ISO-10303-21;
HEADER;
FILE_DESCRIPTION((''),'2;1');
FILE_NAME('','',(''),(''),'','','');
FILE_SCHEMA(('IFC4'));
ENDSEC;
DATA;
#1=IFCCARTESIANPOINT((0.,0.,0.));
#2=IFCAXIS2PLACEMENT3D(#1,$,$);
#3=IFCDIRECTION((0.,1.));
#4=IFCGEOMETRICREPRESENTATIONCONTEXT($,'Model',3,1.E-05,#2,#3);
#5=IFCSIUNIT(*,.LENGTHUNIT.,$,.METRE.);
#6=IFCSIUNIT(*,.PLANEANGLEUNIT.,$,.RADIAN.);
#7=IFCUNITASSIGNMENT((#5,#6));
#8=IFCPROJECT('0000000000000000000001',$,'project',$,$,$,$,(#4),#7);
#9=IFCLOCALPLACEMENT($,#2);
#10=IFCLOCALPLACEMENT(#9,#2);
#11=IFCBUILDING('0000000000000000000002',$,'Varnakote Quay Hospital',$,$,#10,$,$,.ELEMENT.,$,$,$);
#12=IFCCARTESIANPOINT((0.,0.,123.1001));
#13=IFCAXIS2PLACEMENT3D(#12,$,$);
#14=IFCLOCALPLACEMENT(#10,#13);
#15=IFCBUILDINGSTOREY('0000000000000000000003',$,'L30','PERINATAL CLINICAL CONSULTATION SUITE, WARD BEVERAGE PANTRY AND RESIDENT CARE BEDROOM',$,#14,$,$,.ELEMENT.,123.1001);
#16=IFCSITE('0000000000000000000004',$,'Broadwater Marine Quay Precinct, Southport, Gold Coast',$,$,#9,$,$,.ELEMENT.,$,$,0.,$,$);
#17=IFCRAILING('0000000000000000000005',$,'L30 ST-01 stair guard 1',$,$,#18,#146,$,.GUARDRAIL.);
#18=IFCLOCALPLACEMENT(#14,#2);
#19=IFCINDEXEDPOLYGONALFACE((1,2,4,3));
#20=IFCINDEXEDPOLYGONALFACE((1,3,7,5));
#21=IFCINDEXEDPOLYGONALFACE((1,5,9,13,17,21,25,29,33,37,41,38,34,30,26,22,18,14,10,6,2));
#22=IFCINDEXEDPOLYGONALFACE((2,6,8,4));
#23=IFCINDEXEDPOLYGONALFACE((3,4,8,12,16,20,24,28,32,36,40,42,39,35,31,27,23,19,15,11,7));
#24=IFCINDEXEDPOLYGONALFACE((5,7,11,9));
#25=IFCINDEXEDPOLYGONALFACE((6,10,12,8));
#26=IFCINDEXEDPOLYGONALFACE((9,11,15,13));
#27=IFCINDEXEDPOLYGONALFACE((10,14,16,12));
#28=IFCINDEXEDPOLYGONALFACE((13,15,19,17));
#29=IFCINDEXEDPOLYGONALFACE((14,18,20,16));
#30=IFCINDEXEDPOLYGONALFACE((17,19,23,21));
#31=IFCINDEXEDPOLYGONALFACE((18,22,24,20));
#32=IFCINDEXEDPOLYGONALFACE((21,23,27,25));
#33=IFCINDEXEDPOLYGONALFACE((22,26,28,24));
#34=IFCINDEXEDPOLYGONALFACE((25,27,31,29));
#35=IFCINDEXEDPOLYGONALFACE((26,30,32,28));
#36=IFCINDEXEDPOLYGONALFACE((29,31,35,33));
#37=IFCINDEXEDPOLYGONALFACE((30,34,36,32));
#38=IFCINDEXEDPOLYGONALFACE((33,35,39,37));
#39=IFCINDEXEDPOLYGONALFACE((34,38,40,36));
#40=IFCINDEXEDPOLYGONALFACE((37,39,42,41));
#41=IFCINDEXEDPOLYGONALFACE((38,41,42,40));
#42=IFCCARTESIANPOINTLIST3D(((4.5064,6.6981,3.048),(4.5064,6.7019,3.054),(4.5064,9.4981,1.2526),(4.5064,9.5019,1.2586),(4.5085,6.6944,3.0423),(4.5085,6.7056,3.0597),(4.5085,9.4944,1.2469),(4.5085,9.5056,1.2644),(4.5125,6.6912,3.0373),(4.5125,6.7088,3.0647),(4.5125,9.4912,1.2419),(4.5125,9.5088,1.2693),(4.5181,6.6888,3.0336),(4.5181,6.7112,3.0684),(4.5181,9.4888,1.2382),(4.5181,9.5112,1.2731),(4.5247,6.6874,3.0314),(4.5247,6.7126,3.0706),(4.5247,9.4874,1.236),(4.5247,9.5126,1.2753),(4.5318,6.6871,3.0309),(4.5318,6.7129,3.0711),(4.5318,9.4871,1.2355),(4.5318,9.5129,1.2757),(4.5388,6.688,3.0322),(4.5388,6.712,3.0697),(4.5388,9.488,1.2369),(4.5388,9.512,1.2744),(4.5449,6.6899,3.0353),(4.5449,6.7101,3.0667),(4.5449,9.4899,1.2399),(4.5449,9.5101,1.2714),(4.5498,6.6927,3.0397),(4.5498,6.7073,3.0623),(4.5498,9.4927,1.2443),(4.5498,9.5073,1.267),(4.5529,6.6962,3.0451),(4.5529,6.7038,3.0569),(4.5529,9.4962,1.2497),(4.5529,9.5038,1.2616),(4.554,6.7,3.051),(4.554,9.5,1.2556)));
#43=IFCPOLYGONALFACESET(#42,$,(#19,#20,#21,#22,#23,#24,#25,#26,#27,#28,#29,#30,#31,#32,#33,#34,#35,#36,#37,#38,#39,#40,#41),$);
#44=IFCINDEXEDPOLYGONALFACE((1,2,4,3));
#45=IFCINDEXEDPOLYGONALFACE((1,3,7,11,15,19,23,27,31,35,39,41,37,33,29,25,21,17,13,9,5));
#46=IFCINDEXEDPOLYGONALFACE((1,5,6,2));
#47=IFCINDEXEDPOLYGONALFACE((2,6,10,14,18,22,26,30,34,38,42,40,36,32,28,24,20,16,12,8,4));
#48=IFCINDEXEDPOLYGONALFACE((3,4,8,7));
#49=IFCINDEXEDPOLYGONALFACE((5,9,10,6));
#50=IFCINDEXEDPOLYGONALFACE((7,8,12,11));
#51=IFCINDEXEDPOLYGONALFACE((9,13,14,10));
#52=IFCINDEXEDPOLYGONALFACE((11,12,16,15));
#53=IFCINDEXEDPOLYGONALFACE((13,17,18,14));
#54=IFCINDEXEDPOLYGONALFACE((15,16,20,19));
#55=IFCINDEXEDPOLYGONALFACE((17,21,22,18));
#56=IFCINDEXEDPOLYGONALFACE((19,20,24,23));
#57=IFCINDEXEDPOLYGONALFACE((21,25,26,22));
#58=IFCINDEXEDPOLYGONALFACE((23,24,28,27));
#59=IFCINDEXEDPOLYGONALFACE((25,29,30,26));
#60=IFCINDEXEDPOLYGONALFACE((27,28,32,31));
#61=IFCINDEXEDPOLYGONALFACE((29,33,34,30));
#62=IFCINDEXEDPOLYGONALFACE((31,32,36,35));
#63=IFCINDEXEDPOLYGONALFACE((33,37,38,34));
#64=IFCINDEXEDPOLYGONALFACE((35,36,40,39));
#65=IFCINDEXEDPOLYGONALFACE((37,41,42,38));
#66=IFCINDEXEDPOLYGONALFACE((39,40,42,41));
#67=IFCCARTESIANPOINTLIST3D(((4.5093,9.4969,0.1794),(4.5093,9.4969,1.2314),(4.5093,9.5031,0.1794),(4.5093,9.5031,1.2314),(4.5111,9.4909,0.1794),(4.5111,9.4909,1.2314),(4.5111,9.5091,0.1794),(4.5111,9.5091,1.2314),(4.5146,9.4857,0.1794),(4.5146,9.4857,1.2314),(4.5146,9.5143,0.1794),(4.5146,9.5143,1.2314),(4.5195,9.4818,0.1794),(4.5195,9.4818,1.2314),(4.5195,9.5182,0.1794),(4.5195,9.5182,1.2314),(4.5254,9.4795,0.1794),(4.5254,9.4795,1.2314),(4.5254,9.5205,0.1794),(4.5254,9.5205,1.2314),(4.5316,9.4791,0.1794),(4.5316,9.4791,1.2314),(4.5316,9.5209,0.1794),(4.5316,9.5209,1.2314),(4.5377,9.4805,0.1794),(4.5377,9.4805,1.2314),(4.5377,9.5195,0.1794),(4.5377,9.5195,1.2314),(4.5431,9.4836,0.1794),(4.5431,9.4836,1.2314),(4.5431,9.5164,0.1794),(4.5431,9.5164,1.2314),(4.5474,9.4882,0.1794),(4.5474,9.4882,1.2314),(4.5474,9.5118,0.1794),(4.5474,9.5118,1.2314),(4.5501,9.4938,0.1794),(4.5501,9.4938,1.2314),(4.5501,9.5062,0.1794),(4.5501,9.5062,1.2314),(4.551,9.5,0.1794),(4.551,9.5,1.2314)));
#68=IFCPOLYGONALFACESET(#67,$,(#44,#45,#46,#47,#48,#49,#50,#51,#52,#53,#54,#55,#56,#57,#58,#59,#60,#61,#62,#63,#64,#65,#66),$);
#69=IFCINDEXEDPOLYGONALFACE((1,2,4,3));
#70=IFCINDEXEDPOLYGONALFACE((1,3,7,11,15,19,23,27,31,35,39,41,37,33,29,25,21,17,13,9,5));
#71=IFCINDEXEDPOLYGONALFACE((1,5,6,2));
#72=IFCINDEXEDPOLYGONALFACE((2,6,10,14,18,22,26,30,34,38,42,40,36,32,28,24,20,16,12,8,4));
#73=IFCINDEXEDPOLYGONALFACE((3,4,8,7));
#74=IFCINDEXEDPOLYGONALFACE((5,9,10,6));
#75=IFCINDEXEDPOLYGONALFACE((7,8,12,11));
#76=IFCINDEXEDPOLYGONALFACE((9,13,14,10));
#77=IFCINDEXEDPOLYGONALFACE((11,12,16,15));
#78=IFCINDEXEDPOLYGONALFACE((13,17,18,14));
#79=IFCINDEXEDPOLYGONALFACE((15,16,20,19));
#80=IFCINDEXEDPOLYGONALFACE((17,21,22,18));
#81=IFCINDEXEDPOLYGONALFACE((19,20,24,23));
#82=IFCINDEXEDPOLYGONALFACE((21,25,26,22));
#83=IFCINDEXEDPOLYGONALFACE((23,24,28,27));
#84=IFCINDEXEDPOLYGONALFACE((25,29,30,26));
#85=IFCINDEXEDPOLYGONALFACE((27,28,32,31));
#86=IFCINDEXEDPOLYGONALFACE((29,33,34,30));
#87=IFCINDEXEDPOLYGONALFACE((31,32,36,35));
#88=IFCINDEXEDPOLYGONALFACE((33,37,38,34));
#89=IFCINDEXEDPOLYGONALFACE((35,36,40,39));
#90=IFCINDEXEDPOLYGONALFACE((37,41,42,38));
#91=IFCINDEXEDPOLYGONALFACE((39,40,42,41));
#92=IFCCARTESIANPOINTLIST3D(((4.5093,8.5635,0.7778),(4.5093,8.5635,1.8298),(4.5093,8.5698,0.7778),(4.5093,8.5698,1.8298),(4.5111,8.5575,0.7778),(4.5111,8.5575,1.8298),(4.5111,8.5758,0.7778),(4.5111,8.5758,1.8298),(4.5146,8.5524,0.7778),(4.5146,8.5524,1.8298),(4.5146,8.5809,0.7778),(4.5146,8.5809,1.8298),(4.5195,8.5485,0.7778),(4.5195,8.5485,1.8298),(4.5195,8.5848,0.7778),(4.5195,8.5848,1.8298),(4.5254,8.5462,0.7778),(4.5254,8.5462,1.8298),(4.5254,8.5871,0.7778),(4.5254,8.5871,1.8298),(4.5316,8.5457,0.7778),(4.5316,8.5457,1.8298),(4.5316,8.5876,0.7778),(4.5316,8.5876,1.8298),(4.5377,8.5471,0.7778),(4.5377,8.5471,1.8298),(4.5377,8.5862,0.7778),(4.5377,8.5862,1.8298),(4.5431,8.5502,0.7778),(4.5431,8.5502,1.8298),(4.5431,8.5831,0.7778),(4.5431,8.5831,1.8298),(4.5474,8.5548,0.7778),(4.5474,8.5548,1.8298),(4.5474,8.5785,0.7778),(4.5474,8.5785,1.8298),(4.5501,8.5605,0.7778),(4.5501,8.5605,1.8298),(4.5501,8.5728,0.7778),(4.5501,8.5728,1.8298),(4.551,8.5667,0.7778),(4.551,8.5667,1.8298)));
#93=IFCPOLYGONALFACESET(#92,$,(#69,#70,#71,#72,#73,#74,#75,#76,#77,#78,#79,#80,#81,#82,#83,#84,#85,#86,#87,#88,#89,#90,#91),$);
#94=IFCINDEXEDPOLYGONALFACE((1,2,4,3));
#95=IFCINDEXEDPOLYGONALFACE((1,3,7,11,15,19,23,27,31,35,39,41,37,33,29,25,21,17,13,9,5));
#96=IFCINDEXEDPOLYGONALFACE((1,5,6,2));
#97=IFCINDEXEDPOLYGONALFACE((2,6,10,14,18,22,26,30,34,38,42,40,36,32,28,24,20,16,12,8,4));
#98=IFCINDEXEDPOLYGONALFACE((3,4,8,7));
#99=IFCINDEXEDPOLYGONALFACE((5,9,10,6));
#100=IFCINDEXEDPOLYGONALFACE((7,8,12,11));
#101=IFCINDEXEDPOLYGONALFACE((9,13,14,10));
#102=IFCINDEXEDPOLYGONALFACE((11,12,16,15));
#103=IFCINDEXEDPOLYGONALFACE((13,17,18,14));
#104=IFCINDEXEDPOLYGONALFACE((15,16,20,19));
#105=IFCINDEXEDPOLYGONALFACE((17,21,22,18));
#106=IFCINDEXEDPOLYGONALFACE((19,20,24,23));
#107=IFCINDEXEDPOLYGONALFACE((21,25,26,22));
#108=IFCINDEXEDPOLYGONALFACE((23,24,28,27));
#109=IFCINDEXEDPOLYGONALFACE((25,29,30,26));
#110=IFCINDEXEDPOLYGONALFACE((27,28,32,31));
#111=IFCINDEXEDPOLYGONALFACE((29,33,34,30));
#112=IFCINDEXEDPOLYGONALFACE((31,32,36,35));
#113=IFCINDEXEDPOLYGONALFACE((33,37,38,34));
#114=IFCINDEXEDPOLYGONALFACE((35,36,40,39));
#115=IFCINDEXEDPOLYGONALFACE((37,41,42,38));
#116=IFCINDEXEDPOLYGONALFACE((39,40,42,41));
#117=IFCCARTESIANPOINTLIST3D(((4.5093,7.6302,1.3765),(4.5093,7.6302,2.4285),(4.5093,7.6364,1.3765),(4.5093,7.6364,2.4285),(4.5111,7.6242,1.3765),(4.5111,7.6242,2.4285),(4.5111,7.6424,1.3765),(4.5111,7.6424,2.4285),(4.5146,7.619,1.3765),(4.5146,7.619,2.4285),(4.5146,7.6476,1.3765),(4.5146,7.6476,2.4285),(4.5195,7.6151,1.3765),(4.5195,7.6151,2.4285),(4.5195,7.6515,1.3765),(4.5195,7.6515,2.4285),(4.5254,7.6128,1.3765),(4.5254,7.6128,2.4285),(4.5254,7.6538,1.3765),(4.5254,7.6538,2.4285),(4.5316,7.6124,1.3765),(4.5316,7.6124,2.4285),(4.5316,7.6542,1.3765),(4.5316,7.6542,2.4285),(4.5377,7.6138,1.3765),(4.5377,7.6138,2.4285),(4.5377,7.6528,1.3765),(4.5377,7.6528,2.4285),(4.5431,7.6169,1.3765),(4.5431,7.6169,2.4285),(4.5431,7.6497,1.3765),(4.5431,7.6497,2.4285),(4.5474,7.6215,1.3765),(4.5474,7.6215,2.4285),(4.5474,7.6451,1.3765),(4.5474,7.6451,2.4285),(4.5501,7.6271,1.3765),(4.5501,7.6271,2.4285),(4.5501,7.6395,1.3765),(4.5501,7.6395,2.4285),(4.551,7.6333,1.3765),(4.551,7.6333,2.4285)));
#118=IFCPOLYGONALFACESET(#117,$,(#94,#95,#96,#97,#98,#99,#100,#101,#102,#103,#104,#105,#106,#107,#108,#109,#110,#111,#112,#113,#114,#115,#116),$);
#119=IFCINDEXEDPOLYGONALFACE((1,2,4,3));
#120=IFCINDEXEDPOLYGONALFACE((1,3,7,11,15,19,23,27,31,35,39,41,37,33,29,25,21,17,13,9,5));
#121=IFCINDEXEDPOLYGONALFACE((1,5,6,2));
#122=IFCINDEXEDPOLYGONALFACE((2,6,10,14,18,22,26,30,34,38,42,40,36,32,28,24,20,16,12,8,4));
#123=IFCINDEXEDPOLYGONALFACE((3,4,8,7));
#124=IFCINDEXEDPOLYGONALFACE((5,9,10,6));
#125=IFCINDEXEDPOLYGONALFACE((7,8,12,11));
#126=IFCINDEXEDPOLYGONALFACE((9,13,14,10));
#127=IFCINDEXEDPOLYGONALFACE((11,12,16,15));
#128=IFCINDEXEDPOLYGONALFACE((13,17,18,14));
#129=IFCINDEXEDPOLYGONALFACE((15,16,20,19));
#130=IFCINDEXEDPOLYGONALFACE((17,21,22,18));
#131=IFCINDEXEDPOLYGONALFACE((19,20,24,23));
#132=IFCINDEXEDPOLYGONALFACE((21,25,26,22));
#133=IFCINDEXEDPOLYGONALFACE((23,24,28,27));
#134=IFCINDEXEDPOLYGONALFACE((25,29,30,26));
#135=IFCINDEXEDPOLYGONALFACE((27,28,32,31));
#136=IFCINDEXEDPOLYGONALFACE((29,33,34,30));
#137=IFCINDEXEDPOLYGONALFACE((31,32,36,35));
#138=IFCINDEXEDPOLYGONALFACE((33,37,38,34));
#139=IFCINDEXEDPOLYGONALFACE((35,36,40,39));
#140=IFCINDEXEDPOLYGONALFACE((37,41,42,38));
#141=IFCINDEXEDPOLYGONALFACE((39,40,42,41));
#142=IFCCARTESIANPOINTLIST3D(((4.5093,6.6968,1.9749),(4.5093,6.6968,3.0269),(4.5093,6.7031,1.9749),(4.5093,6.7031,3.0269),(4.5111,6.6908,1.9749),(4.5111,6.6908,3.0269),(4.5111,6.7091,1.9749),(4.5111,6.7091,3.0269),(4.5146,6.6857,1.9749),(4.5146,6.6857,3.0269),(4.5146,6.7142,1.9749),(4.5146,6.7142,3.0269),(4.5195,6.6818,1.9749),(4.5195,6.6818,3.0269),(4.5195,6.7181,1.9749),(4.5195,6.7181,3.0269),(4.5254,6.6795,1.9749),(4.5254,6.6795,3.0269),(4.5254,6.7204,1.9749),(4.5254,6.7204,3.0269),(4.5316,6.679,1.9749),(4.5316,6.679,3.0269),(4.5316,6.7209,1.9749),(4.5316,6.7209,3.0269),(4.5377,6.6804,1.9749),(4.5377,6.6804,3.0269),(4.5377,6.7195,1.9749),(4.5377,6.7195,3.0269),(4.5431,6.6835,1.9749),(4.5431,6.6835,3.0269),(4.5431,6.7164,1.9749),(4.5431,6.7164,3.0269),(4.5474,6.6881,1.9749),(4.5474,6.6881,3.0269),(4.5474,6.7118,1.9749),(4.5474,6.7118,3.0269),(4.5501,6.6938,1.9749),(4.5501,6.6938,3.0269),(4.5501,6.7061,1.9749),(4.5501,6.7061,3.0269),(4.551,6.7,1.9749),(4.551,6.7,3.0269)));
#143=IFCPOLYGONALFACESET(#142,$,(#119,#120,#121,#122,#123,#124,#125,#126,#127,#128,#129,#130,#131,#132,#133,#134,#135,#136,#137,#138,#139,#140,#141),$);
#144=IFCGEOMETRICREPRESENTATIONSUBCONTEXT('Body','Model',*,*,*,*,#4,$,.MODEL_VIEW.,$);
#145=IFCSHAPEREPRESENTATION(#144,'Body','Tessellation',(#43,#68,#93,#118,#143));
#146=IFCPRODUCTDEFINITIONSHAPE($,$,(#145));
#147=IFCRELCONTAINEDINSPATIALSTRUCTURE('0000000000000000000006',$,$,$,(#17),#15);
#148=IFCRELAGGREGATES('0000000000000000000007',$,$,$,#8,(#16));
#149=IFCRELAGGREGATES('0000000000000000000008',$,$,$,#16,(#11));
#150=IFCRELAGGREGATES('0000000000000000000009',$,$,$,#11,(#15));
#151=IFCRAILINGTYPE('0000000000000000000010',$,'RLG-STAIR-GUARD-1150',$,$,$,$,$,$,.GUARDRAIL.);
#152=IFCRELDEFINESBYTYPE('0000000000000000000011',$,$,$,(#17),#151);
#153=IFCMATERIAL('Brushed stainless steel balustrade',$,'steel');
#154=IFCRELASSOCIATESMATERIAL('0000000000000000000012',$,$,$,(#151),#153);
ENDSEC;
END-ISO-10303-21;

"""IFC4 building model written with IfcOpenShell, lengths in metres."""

from ifc_helpers import new_model, si_unit, direction, frame, origin, origin_2d, place, context, subcontext, project, spatial, circle, extrude, material, type_object, element, save


model = new_model("IFC4")

# Units and contexts
model_context = context("Model", 3, precision=1e-05, world=origin(), true_north=direction((0.0, 1.0)))
body_context = subcontext(model_context, "Body", "Model", "MODEL_VIEW")
ifc_project = project(units=[si_unit("LENGTHUNIT", "METRE"), si_unit("PLANEANGLEUNIT", "RADIAN")], contexts=[model_context])

# Site, building, storey
site_placement = place(None, origin())
site = spatial("IfcSite", under=ifc_project, at=site_placement, Name="Broadwater Marine Quay Precinct, Southport, Gold Coast", CompositionType="ELEMENT", RefElevation=0.0)
building_placement = place(site_placement, origin())
building = spatial("IfcBuilding", under=site, at=building_placement, Name="Varnakote Quay Hospital", CompositionType="ELEMENT")
storey_placement = place(building_placement, frame((0.0, 0.0, 123.1001)))
storey = spatial("IfcBuildingStorey", under=building, at=storey_placement, Name="L30", Description="PERINATAL CLINICAL CONSULTATION SUITE, WARD BEVERAGE PANTRY AND RESIDENT CARE BEDROOM", CompositionType="ELEMENT", Elevation=123.1001)

# Railing
ifc_material_1 = material(Name="Brushed stainless steel balustrade", Category="steel")
railing_type_1 = type_object("IfcRailingType", Name="RLG-STAIR-GUARD-1150", PredefinedType="GUARDRAIL", material=ifc_material_1)
railing_1_placement = place(storey_placement, frame((4.53, 9.5, 0.1794)))
element("IfcRailing", 1, at=railing_1_placement, inside=storey, type_object=railing_type_1, Name="L30 ST-01 stair guard 1", PredefinedType="GUARDRAIL", context=body_context, shape_type="SweptSolid", body=[
    extrude(circle(Radius=0.0239, at=origin_2d()), frame((0.0, 0.0, 1.0762), z_axis=(0.0, -0.84181, 0.539774), x_axis=(1.0, 0.0, 0.0)), (0.0, 0.0, 1.0), 3.3262),
    extrude(circle(Radius=0.021, at=origin_2d()), origin(), (0.0, 0.0, 1.0), 1.052),
    extrude(circle(Radius=0.021, at=origin_2d()), frame((0.0, -0.9333, 0.5984)), (0.0, 0.0, 1.0), 1.052),
    extrude(circle(Radius=0.021, at=origin_2d()), frame((0.0, -1.8667, 1.197)), (0.0, 0.0, 1.0), 1.052),
    extrude(circle(Radius=0.021, at=origin_2d()), frame((0.0, -2.8, 1.7954)), (0.0, 0.0, 1.0), 1.052),
])

save(model, "model.ifc")
